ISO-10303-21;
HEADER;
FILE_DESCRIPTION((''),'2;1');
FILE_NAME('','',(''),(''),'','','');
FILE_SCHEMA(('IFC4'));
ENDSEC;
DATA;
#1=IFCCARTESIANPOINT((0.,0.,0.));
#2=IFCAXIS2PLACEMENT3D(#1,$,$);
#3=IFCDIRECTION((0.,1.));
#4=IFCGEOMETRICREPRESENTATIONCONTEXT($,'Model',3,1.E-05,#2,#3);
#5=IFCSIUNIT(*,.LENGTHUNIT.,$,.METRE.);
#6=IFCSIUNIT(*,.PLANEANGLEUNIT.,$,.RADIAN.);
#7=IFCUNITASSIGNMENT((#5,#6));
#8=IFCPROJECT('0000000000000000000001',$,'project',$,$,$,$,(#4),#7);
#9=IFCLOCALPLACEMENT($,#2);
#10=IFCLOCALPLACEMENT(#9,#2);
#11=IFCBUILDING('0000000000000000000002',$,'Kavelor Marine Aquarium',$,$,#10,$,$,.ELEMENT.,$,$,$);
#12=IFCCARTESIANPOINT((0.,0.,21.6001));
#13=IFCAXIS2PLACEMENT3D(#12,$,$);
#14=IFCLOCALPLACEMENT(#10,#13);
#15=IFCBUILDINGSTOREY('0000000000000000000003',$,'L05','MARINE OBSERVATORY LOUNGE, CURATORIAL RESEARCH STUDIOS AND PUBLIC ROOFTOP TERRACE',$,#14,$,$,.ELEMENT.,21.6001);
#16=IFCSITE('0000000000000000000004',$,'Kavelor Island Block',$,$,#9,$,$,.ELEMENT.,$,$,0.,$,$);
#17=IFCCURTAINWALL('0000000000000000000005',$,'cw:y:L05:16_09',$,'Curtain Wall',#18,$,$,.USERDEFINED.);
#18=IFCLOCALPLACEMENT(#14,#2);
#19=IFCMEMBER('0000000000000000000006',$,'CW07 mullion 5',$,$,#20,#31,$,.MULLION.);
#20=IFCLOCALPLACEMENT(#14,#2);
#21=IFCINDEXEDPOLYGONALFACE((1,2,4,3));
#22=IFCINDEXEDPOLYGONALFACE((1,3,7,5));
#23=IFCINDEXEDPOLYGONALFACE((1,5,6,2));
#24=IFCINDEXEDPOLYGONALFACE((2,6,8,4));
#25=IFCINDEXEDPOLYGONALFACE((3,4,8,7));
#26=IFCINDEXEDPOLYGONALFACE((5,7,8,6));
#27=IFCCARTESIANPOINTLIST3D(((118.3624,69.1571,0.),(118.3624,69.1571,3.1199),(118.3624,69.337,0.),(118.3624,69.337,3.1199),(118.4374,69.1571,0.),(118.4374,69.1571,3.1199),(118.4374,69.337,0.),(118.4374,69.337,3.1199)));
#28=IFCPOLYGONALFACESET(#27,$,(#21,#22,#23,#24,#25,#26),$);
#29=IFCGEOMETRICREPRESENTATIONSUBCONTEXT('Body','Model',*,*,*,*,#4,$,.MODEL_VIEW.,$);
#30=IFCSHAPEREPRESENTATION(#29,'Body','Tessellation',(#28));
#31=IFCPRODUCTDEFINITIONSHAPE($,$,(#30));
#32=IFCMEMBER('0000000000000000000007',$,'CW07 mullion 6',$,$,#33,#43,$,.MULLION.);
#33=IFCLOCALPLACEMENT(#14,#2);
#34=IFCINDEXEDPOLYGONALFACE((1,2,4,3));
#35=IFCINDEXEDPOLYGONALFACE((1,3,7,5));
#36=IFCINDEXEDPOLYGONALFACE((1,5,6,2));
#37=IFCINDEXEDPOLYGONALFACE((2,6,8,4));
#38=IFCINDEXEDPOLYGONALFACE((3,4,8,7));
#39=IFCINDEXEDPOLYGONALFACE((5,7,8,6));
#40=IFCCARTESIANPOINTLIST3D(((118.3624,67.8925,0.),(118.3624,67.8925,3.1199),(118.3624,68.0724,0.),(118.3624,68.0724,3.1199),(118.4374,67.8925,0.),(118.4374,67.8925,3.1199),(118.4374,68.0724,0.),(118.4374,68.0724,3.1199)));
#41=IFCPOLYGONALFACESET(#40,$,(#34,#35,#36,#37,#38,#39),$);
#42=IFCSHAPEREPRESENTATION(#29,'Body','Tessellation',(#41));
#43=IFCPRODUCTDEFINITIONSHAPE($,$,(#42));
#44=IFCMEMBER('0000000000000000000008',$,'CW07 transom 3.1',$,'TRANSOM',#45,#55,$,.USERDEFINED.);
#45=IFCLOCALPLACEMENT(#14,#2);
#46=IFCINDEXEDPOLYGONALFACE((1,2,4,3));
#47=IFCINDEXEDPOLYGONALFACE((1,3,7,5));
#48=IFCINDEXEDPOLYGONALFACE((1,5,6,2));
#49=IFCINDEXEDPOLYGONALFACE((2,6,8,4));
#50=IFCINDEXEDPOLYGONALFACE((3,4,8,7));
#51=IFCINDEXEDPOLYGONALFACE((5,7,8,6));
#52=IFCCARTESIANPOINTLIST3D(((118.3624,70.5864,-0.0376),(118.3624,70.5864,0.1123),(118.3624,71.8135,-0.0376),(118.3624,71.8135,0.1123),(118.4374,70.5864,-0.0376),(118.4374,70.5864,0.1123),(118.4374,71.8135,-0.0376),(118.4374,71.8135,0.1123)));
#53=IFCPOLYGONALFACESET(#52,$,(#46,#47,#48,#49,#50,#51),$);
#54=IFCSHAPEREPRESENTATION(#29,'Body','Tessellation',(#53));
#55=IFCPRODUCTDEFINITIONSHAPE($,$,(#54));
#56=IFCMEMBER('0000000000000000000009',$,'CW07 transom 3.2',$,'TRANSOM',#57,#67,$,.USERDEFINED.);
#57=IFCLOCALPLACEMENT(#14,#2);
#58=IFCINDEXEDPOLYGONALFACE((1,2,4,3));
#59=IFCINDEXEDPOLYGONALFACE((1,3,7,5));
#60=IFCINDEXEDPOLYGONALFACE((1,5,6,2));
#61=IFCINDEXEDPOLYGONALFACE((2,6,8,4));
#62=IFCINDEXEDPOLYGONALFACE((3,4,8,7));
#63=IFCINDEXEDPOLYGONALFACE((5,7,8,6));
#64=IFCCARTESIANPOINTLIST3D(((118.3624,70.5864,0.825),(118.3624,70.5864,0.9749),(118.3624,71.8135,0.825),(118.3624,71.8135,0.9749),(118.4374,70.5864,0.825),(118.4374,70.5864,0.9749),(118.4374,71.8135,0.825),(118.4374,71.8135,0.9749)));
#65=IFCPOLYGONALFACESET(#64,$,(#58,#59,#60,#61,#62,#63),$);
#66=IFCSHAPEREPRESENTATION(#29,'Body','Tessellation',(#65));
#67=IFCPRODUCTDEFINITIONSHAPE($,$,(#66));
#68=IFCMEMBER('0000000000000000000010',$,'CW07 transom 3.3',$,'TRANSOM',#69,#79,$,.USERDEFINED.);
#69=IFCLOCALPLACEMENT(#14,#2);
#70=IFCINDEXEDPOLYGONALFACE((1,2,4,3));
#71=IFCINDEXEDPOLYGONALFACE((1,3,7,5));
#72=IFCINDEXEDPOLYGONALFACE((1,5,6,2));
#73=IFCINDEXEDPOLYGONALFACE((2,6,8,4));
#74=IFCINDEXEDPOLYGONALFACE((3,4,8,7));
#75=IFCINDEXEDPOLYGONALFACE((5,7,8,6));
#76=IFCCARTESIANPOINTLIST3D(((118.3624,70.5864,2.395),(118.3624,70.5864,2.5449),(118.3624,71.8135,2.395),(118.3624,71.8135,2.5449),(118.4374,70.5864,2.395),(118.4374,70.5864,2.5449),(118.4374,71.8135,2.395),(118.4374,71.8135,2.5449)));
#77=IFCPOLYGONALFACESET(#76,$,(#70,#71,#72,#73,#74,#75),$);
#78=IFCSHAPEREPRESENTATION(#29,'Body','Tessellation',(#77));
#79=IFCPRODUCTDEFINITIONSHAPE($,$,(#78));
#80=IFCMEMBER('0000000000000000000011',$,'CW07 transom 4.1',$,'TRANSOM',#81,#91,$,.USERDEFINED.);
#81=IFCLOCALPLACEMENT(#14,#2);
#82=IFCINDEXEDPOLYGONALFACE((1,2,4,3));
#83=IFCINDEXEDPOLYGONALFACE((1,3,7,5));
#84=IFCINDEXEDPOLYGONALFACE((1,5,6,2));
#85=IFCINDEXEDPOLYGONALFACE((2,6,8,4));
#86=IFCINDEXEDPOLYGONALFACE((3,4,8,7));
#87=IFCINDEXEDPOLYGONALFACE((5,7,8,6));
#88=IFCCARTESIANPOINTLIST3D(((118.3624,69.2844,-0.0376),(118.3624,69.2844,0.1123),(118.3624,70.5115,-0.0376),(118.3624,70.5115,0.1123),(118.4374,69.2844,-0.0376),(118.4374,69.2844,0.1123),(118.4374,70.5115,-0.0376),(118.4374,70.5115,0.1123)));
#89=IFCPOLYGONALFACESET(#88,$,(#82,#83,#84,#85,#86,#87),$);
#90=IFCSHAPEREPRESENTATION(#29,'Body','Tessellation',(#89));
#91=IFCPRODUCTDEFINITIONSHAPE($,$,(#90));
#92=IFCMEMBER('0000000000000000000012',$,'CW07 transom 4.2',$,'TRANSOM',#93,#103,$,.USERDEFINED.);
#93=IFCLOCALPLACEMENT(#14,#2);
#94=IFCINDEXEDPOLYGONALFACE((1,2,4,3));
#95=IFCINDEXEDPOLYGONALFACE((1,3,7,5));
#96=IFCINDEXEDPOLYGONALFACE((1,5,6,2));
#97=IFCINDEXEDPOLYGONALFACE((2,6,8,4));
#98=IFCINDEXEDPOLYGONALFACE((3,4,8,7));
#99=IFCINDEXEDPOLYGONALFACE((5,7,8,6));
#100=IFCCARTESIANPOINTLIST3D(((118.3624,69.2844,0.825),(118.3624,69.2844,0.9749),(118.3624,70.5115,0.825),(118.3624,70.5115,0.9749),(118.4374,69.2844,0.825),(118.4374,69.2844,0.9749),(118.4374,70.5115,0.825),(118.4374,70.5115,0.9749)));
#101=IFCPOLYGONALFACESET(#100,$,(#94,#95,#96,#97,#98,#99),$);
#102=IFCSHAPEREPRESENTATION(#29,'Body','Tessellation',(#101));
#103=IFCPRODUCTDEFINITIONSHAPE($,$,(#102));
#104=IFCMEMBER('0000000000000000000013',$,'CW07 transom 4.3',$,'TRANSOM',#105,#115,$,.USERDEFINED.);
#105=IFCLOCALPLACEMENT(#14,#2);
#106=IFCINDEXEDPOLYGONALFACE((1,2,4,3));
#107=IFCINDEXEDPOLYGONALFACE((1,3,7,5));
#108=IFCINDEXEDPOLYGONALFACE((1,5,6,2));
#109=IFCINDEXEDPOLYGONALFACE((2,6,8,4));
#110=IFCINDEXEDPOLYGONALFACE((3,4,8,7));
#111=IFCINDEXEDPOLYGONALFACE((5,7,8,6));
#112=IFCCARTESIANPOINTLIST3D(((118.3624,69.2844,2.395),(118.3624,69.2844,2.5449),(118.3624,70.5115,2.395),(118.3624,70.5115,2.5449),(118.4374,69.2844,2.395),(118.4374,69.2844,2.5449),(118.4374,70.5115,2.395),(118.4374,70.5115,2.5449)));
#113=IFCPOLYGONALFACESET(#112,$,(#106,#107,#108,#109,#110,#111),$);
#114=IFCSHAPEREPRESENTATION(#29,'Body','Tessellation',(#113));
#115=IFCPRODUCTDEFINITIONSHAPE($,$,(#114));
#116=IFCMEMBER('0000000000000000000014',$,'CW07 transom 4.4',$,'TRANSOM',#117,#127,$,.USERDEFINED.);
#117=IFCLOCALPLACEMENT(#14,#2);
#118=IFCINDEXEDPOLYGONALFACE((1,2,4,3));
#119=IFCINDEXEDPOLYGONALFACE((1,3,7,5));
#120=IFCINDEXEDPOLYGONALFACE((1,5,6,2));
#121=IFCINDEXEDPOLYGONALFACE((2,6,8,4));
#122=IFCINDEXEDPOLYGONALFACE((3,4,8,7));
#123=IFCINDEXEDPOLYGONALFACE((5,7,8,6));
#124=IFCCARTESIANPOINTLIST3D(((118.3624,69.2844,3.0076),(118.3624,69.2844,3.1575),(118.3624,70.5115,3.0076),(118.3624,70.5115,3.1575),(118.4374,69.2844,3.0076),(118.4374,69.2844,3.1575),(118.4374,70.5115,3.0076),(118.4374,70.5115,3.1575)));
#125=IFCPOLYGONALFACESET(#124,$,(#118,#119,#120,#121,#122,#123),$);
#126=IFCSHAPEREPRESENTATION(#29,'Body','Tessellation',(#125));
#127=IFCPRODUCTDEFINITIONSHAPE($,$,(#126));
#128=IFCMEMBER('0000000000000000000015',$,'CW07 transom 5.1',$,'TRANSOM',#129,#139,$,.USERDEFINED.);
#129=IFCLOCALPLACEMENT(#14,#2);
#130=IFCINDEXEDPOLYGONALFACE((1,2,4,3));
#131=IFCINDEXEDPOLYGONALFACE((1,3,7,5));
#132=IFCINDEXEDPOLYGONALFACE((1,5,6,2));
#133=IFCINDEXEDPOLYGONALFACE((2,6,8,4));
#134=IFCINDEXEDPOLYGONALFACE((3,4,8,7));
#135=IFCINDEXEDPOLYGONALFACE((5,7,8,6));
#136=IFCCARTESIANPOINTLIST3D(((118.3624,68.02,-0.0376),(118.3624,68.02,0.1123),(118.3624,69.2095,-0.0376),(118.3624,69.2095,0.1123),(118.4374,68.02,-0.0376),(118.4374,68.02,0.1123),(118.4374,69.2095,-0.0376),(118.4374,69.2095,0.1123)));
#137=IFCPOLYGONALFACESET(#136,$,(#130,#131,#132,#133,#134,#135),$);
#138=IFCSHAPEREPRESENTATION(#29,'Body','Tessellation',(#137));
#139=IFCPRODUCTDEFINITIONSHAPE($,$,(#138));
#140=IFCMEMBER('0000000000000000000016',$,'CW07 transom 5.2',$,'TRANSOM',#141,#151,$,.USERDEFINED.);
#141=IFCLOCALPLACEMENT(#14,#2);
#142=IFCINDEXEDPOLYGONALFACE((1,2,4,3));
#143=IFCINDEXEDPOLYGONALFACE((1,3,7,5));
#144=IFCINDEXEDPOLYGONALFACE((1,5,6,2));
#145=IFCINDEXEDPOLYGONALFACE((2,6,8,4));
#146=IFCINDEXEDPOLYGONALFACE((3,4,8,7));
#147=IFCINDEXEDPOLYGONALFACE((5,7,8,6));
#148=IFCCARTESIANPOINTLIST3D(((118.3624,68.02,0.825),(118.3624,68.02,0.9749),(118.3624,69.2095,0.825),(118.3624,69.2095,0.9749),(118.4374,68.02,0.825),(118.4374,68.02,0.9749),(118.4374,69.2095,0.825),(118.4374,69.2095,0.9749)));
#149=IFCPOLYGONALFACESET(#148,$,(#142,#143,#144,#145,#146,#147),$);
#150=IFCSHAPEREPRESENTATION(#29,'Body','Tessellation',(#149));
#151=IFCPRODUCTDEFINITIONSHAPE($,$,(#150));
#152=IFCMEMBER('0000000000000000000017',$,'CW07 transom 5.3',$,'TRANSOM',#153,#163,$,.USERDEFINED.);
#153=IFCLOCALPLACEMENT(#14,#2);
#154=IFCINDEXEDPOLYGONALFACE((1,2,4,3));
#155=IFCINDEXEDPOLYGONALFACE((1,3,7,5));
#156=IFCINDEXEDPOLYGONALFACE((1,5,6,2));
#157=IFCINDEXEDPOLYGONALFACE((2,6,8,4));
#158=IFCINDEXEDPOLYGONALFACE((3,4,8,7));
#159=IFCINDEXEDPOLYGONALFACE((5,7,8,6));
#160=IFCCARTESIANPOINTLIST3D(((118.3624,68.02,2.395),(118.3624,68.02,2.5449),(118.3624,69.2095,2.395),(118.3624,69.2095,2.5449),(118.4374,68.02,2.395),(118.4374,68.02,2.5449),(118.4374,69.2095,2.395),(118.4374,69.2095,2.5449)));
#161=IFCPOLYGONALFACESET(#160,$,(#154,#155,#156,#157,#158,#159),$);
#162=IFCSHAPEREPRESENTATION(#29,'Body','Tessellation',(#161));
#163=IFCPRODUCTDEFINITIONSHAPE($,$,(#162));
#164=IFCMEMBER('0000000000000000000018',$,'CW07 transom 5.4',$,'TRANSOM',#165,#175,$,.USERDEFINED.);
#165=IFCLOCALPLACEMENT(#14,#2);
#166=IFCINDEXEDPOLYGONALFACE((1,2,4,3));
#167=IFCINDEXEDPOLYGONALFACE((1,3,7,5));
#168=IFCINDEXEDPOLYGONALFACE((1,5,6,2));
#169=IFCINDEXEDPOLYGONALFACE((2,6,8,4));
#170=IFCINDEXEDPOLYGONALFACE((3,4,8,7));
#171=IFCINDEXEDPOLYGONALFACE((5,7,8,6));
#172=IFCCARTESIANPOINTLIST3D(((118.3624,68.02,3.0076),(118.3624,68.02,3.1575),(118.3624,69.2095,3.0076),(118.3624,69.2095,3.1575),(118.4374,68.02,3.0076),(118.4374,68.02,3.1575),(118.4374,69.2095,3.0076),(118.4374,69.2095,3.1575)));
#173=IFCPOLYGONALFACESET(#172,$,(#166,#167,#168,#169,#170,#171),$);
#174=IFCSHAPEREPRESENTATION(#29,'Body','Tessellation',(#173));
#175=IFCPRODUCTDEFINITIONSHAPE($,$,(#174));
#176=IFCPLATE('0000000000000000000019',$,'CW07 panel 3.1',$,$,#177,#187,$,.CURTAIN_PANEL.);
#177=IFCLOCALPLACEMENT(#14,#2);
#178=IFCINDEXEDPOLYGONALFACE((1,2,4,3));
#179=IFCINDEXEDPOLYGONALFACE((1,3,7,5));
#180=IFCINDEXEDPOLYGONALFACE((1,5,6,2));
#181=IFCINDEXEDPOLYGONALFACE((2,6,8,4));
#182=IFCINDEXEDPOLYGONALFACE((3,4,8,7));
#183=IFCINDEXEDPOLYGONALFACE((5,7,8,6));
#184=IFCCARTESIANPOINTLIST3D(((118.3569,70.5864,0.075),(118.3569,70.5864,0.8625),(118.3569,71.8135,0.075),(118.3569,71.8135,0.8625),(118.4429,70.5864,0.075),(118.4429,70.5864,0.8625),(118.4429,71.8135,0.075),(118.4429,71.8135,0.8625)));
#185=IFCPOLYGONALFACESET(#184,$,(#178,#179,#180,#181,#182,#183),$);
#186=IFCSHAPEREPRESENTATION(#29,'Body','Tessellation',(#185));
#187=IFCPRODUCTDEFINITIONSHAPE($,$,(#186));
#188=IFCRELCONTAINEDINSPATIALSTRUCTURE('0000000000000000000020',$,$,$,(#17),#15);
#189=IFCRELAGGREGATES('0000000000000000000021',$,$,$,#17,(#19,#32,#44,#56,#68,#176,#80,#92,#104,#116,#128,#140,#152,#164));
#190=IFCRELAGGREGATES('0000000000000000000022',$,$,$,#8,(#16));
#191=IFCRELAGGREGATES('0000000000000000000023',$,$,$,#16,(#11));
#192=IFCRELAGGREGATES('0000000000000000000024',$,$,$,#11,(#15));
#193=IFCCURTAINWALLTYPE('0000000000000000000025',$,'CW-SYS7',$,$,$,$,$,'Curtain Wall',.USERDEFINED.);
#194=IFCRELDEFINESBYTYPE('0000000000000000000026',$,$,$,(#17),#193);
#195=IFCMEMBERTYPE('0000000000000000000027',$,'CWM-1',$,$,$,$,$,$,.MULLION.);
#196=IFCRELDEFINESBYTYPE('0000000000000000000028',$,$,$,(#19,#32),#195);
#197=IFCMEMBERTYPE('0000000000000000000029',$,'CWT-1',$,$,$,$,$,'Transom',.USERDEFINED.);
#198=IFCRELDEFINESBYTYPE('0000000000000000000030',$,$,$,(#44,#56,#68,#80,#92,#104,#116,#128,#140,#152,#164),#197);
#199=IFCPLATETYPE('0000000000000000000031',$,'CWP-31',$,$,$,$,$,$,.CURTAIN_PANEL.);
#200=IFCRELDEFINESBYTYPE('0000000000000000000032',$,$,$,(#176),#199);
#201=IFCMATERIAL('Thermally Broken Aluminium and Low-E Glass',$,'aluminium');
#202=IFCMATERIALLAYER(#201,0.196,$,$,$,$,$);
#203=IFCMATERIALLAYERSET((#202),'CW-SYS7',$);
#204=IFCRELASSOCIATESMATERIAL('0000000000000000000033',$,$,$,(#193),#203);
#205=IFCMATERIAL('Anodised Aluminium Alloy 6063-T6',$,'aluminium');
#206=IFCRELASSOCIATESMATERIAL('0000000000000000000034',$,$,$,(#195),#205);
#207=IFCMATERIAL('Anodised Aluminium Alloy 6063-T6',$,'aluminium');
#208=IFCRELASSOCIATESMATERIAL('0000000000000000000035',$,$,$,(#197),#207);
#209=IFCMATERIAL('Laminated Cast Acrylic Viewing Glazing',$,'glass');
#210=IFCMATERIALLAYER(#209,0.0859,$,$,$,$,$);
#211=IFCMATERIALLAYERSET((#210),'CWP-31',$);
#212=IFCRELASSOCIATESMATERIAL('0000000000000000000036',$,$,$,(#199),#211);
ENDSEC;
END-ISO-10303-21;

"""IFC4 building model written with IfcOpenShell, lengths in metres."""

from ifc_helpers import new_model, si_unit, direction, frame, origin, origin_2d, place, context, subcontext, project, spatial, rectangle, extrude, material, layer, layer_set, material_profile, profile_set, type_object, element, aggregate, save


model = new_model("IFC4")

# Units and contexts
model_context = context("Model", 3, precision=1e-05, world=origin(), true_north=direction((0.0, 1.0)))
body_context = subcontext(model_context, "Body", "Model", "MODEL_VIEW")
ifc_project = project(units=[si_unit("LENGTHUNIT", "METRE"), si_unit("PLANEANGLEUNIT", "RADIAN")], contexts=[model_context])

# Site, building, storey
site_placement = place(None, origin())
site = spatial("IfcSite", under=ifc_project, at=site_placement, Name="Kavelor Island Block", CompositionType="ELEMENT", RefElevation=0.0)
building_placement = place(site_placement, origin())
building = spatial("IfcBuilding", under=site, at=building_placement, Name="Kavelor Marine Aquarium", CompositionType="ELEMENT")
storey_placement = place(building_placement, frame((0.0, 0.0, 21.6001)))
storey = spatial("IfcBuildingStorey", under=building, at=storey_placement, Name="L05", Description="MARINE OBSERVATORY LOUNGE, CURATORIAL RESEARCH STUDIOS AND PUBLIC ROOFTOP TERRACE", CompositionType="ELEMENT", Elevation=21.6001)

# Curtain wall, members, plate
ifc_material_1 = material(Name="Thermally Broken Aluminium and Low-E Glass", Category="aluminium")
ifc_layer_1 = layer(ifc_material_1, 0.196)
ifc_layer_set_1 = layer_set([ifc_layer_1], Name="CW-SYS7")
curtain_wall_type = type_object("IfcCurtainWallType", Name="CW-SYS7", ElementType="Curtain Wall", PredefinedType="USERDEFINED", material=ifc_layer_set_1)
curtain_wall_placement = place(storey_placement, origin())
curtain_wall = element("IfcCurtainWall", 1, at=curtain_wall_placement, inside=storey, type_object=curtain_wall_type, Name="cw:y:L05:16_09", ObjectType="Curtain Wall", PredefinedType="USERDEFINED")
ifc_material_2 = material(Name="Anodised Aluminium Alloy 6063-T6", Category="aluminium")
ifc_material_profile_1 = material_profile(ifc_material_2, rectangle(XDim=0.075, YDim=0.1799, at=origin_2d()), Name="CW-MUL 75x180")
ifc_profile_set_1 = profile_set([ifc_material_profile_1], Name="Anodised Aluminium Alloy 6063-T6")
member_type_1 = type_object("IfcMemberType", Name="CWM-1", PredefinedType="MULLION", material=ifc_profile_set_1)
member_1_placement = place(storey_placement, frame((118.3999, 69.2471, 0.0), z_axis=(0.0, 0.0, 1.0), x_axis=(1.0, 0.0, 0.0)))
member_1 = element("IfcMember", 2, at=member_1_placement, type_object=member_type_1, Name="CW07 mullion 5", PredefinedType="MULLION", context=body_context, shape_type="SweptSolid", body=[
    extrude(rectangle(XDim=0.075, YDim=0.1799, at=origin_2d()), origin(), (0.0, 0.0, 1.0), 3.1199),
])
member_2_placement = place(storey_placement, frame((118.3999, 67.9824, 0.0), z_axis=(0.0, 0.0, 1.0), x_axis=(1.0, 0.0, 0.0)))
member_2 = element("IfcMember", 3, at=member_2_placement, type_object=member_type_1, Name="CW07 mullion 6", PredefinedType="MULLION", context=body_context, shape_type="SweptSolid", body=[
    extrude(rectangle(XDim=0.075, YDim=0.1799, at=origin_2d()), origin(), (0.0, 0.0, 1.0), 3.1199),
])
ifc_material_3 = material(Name="Anodised Aluminium Alloy 6063-T6", Category="aluminium")
ifc_material_profile_2 = material_profile(ifc_material_3, rectangle(XDim=0.075, YDim=0.1499, at=origin_2d()), Name="CW-TRN 75x150")
ifc_profile_set_2 = profile_set([ifc_material_profile_2], Name="Anodised Aluminium Alloy 6063-T6")
member_type_2 = type_object("IfcMemberType", Name="CWT-1", ElementType="Transom", PredefinedType="USERDEFINED", material=ifc_profile_set_2)
member_3_placement = place(storey_placement, frame((118.3999, 71.8135, 0.0374), z_axis=(0.0, -1.0, 0.0), x_axis=(1.0, 0.0, 0.0)))
member_3 = element("IfcMember", 4, at=member_3_placement, type_object=member_type_2, Name="CW07 transom 3.1", ObjectType="TRANSOM", PredefinedType="USERDEFINED", context=body_context, shape_type="SweptSolid", body=[
    extrude(rectangle(XDim=0.075, YDim=0.1499, at=origin_2d()), origin(), (0.0, 0.0, 1.0), 1.2271),
])
member_4_placement = place(storey_placement, frame((118.3999, 71.8135, 0.8999), z_axis=(0.0, -1.0, 0.0), x_axis=(1.0, 0.0, 0.0)))
member_4 = element("IfcMember", 5, at=member_4_placement, type_object=member_type_2, Name="CW07 transom 3.2", ObjectType="TRANSOM", PredefinedType="USERDEFINED", context=body_context, shape_type="SweptSolid", body=[
    extrude(rectangle(XDim=0.075, YDim=0.1499, at=origin_2d()), origin(), (0.0, 0.0, 1.0), 1.2271),
])
member_5_placement = place(storey_placement, frame((118.3999, 71.8135, 2.47), z_axis=(0.0, -1.0, 0.0), x_axis=(1.0, 0.0, 0.0)))
member_5 = element("IfcMember", 6, at=member_5_placement, type_object=member_type_2, Name="CW07 transom 3.3", ObjectType="TRANSOM", PredefinedType="USERDEFINED", context=body_context, shape_type="SweptSolid", body=[
    extrude(rectangle(XDim=0.075, YDim=0.1499, at=origin_2d()), origin(), (0.0, 0.0, 1.0), 1.2271),
])
member_6_placement = place(storey_placement, frame((118.3999, 70.5115, 0.0374), z_axis=(0.0, -1.0, 0.0), x_axis=(1.0, 0.0, 0.0)))
member_6 = element("IfcMember", 7, at=member_6_placement, type_object=member_type_2, Name="CW07 transom 4.1", ObjectType="TRANSOM", PredefinedType="USERDEFINED", context=body_context, shape_type="SweptSolid", body=[
    extrude(rectangle(XDim=0.075, YDim=0.1499, at=origin_2d()), origin(), (0.0, 0.0, 1.0), 1.2271),
])
member_7_placement = place(storey_placement, frame((118.3999, 70.5115, 0.8999), z_axis=(0.0, -1.0, 0.0), x_axis=(1.0, 0.0, 0.0)))
member_7 = element("IfcMember", 8, at=member_7_placement, type_object=member_type_2, Name="CW07 transom 4.2", ObjectType="TRANSOM", PredefinedType="USERDEFINED", context=body_context, shape_type="SweptSolid", body=[
    extrude(rectangle(XDim=0.075, YDim=0.1499, at=origin_2d()), origin(), (0.0, 0.0, 1.0), 1.2271),
])
member_8_placement = place(storey_placement, frame((118.3999, 70.5115, 2.47), z_axis=(0.0, -1.0, 0.0), x_axis=(1.0, 0.0, 0.0)))
member_8 = element("IfcMember", 9, at=member_8_placement, type_object=member_type_2, Name="CW07 transom 4.3", ObjectType="TRANSOM", PredefinedType="USERDEFINED", context=body_context, shape_type="SweptSolid", body=[
    extrude(rectangle(XDim=0.075, YDim=0.1499, at=origin_2d()), origin(), (0.0, 0.0, 1.0), 1.2271),
])
member_9_placement = place(storey_placement, frame((118.3999, 70.5115, 3.0825), z_axis=(0.0, -1.0, 0.0), x_axis=(1.0, 0.0, 0.0)))
member_9 = element("IfcMember", 10, at=member_9_placement, type_object=member_type_2, Name="CW07 transom 4.4", ObjectType="TRANSOM", PredefinedType="USERDEFINED", context=body_context, shape_type="SweptSolid", body=[
    extrude(rectangle(XDim=0.075, YDim=0.1499, at=origin_2d()), origin(), (0.0, 0.0, 1.0), 1.2271),
])
member_10_placement = place(storey_placement, frame((118.3999, 69.2095, 0.0374), z_axis=(0.0, -1.0, 0.0), x_axis=(1.0, 0.0, 0.0)))
member_10 = element("IfcMember", 11, at=member_10_placement, type_object=member_type_2, Name="CW07 transom 5.1", ObjectType="TRANSOM", PredefinedType="USERDEFINED", context=body_context, shape_type="SweptSolid", body=[
    extrude(rectangle(XDim=0.075, YDim=0.1499, at=origin_2d()), origin(), (0.0, 0.0, 1.0), 1.1895),
])
member_11_placement = place(storey_placement, frame((118.3999, 69.2095, 0.8999), z_axis=(0.0, -1.0, 0.0), x_axis=(1.0, 0.0, 0.0)))
member_11 = element("IfcMember", 12, at=member_11_placement, type_object=member_type_2, Name="CW07 transom 5.2", ObjectType="TRANSOM", PredefinedType="USERDEFINED", context=body_context, shape_type="SweptSolid", body=[
    extrude(rectangle(XDim=0.075, YDim=0.1499, at=origin_2d()), origin(), (0.0, 0.0, 1.0), 1.1895),
])
member_12_placement = place(storey_placement, frame((118.3999, 69.2095, 2.47), z_axis=(0.0, -1.0, 0.0), x_axis=(1.0, 0.0, 0.0)))
member_12 = element("IfcMember", 13, at=member_12_placement, type_object=member_type_2, Name="CW07 transom 5.3", ObjectType="TRANSOM", PredefinedType="USERDEFINED", context=body_context, shape_type="SweptSolid", body=[
    extrude(rectangle(XDim=0.075, YDim=0.1499, at=origin_2d()), origin(), (0.0, 0.0, 1.0), 1.1895),
])
member_13_placement = place(storey_placement, frame((118.3999, 69.2095, 3.0825), z_axis=(0.0, -1.0, 0.0), x_axis=(1.0, 0.0, 0.0)))
member_13 = element("IfcMember", 14, at=member_13_placement, type_object=member_type_2, Name="CW07 transom 5.4", ObjectType="TRANSOM", PredefinedType="USERDEFINED", context=body_context, shape_type="SweptSolid", body=[
    extrude(rectangle(XDim=0.075, YDim=0.1499, at=origin_2d()), origin(), (0.0, 0.0, 1.0), 1.1895),
])
ifc_material_4 = material(Name="Laminated Cast Acrylic Viewing Glazing", Category="glass")
ifc_layer_2 = layer(ifc_material_4, 0.0859)
ifc_layer_set_2 = layer_set([ifc_layer_2], Name="CWP-31")
plate_type = type_object("IfcPlateType", Name="CWP-31", PredefinedType="CURTAIN_PANEL", material=ifc_layer_set_2)
plate_1_placement = place(storey_placement, frame((118.3999, 71.2, 0.075), z_axis=(0.0, 0.0, 1.0), x_axis=(0.0, -1.0, 0.0)))
plate_1 = element("IfcPlate", 15, at=plate_1_placement, type_object=plate_type, Name="CW07 panel 3.1", PredefinedType="CURTAIN_PANEL", context=body_context, shape_type="SweptSolid", body=[
    extrude(rectangle(XDim=1.2271, YDim=0.0859, at=origin_2d()), origin(), (0.0, 0.0, 1.0), 0.7876),
])
aggregate(curtain_wall, [member_1, member_2, member_3, member_4, member_5, plate_1, member_6, member_7, member_8, member_9, member_10, member_11, member_12, member_13])

save(model, "model.ifc")
